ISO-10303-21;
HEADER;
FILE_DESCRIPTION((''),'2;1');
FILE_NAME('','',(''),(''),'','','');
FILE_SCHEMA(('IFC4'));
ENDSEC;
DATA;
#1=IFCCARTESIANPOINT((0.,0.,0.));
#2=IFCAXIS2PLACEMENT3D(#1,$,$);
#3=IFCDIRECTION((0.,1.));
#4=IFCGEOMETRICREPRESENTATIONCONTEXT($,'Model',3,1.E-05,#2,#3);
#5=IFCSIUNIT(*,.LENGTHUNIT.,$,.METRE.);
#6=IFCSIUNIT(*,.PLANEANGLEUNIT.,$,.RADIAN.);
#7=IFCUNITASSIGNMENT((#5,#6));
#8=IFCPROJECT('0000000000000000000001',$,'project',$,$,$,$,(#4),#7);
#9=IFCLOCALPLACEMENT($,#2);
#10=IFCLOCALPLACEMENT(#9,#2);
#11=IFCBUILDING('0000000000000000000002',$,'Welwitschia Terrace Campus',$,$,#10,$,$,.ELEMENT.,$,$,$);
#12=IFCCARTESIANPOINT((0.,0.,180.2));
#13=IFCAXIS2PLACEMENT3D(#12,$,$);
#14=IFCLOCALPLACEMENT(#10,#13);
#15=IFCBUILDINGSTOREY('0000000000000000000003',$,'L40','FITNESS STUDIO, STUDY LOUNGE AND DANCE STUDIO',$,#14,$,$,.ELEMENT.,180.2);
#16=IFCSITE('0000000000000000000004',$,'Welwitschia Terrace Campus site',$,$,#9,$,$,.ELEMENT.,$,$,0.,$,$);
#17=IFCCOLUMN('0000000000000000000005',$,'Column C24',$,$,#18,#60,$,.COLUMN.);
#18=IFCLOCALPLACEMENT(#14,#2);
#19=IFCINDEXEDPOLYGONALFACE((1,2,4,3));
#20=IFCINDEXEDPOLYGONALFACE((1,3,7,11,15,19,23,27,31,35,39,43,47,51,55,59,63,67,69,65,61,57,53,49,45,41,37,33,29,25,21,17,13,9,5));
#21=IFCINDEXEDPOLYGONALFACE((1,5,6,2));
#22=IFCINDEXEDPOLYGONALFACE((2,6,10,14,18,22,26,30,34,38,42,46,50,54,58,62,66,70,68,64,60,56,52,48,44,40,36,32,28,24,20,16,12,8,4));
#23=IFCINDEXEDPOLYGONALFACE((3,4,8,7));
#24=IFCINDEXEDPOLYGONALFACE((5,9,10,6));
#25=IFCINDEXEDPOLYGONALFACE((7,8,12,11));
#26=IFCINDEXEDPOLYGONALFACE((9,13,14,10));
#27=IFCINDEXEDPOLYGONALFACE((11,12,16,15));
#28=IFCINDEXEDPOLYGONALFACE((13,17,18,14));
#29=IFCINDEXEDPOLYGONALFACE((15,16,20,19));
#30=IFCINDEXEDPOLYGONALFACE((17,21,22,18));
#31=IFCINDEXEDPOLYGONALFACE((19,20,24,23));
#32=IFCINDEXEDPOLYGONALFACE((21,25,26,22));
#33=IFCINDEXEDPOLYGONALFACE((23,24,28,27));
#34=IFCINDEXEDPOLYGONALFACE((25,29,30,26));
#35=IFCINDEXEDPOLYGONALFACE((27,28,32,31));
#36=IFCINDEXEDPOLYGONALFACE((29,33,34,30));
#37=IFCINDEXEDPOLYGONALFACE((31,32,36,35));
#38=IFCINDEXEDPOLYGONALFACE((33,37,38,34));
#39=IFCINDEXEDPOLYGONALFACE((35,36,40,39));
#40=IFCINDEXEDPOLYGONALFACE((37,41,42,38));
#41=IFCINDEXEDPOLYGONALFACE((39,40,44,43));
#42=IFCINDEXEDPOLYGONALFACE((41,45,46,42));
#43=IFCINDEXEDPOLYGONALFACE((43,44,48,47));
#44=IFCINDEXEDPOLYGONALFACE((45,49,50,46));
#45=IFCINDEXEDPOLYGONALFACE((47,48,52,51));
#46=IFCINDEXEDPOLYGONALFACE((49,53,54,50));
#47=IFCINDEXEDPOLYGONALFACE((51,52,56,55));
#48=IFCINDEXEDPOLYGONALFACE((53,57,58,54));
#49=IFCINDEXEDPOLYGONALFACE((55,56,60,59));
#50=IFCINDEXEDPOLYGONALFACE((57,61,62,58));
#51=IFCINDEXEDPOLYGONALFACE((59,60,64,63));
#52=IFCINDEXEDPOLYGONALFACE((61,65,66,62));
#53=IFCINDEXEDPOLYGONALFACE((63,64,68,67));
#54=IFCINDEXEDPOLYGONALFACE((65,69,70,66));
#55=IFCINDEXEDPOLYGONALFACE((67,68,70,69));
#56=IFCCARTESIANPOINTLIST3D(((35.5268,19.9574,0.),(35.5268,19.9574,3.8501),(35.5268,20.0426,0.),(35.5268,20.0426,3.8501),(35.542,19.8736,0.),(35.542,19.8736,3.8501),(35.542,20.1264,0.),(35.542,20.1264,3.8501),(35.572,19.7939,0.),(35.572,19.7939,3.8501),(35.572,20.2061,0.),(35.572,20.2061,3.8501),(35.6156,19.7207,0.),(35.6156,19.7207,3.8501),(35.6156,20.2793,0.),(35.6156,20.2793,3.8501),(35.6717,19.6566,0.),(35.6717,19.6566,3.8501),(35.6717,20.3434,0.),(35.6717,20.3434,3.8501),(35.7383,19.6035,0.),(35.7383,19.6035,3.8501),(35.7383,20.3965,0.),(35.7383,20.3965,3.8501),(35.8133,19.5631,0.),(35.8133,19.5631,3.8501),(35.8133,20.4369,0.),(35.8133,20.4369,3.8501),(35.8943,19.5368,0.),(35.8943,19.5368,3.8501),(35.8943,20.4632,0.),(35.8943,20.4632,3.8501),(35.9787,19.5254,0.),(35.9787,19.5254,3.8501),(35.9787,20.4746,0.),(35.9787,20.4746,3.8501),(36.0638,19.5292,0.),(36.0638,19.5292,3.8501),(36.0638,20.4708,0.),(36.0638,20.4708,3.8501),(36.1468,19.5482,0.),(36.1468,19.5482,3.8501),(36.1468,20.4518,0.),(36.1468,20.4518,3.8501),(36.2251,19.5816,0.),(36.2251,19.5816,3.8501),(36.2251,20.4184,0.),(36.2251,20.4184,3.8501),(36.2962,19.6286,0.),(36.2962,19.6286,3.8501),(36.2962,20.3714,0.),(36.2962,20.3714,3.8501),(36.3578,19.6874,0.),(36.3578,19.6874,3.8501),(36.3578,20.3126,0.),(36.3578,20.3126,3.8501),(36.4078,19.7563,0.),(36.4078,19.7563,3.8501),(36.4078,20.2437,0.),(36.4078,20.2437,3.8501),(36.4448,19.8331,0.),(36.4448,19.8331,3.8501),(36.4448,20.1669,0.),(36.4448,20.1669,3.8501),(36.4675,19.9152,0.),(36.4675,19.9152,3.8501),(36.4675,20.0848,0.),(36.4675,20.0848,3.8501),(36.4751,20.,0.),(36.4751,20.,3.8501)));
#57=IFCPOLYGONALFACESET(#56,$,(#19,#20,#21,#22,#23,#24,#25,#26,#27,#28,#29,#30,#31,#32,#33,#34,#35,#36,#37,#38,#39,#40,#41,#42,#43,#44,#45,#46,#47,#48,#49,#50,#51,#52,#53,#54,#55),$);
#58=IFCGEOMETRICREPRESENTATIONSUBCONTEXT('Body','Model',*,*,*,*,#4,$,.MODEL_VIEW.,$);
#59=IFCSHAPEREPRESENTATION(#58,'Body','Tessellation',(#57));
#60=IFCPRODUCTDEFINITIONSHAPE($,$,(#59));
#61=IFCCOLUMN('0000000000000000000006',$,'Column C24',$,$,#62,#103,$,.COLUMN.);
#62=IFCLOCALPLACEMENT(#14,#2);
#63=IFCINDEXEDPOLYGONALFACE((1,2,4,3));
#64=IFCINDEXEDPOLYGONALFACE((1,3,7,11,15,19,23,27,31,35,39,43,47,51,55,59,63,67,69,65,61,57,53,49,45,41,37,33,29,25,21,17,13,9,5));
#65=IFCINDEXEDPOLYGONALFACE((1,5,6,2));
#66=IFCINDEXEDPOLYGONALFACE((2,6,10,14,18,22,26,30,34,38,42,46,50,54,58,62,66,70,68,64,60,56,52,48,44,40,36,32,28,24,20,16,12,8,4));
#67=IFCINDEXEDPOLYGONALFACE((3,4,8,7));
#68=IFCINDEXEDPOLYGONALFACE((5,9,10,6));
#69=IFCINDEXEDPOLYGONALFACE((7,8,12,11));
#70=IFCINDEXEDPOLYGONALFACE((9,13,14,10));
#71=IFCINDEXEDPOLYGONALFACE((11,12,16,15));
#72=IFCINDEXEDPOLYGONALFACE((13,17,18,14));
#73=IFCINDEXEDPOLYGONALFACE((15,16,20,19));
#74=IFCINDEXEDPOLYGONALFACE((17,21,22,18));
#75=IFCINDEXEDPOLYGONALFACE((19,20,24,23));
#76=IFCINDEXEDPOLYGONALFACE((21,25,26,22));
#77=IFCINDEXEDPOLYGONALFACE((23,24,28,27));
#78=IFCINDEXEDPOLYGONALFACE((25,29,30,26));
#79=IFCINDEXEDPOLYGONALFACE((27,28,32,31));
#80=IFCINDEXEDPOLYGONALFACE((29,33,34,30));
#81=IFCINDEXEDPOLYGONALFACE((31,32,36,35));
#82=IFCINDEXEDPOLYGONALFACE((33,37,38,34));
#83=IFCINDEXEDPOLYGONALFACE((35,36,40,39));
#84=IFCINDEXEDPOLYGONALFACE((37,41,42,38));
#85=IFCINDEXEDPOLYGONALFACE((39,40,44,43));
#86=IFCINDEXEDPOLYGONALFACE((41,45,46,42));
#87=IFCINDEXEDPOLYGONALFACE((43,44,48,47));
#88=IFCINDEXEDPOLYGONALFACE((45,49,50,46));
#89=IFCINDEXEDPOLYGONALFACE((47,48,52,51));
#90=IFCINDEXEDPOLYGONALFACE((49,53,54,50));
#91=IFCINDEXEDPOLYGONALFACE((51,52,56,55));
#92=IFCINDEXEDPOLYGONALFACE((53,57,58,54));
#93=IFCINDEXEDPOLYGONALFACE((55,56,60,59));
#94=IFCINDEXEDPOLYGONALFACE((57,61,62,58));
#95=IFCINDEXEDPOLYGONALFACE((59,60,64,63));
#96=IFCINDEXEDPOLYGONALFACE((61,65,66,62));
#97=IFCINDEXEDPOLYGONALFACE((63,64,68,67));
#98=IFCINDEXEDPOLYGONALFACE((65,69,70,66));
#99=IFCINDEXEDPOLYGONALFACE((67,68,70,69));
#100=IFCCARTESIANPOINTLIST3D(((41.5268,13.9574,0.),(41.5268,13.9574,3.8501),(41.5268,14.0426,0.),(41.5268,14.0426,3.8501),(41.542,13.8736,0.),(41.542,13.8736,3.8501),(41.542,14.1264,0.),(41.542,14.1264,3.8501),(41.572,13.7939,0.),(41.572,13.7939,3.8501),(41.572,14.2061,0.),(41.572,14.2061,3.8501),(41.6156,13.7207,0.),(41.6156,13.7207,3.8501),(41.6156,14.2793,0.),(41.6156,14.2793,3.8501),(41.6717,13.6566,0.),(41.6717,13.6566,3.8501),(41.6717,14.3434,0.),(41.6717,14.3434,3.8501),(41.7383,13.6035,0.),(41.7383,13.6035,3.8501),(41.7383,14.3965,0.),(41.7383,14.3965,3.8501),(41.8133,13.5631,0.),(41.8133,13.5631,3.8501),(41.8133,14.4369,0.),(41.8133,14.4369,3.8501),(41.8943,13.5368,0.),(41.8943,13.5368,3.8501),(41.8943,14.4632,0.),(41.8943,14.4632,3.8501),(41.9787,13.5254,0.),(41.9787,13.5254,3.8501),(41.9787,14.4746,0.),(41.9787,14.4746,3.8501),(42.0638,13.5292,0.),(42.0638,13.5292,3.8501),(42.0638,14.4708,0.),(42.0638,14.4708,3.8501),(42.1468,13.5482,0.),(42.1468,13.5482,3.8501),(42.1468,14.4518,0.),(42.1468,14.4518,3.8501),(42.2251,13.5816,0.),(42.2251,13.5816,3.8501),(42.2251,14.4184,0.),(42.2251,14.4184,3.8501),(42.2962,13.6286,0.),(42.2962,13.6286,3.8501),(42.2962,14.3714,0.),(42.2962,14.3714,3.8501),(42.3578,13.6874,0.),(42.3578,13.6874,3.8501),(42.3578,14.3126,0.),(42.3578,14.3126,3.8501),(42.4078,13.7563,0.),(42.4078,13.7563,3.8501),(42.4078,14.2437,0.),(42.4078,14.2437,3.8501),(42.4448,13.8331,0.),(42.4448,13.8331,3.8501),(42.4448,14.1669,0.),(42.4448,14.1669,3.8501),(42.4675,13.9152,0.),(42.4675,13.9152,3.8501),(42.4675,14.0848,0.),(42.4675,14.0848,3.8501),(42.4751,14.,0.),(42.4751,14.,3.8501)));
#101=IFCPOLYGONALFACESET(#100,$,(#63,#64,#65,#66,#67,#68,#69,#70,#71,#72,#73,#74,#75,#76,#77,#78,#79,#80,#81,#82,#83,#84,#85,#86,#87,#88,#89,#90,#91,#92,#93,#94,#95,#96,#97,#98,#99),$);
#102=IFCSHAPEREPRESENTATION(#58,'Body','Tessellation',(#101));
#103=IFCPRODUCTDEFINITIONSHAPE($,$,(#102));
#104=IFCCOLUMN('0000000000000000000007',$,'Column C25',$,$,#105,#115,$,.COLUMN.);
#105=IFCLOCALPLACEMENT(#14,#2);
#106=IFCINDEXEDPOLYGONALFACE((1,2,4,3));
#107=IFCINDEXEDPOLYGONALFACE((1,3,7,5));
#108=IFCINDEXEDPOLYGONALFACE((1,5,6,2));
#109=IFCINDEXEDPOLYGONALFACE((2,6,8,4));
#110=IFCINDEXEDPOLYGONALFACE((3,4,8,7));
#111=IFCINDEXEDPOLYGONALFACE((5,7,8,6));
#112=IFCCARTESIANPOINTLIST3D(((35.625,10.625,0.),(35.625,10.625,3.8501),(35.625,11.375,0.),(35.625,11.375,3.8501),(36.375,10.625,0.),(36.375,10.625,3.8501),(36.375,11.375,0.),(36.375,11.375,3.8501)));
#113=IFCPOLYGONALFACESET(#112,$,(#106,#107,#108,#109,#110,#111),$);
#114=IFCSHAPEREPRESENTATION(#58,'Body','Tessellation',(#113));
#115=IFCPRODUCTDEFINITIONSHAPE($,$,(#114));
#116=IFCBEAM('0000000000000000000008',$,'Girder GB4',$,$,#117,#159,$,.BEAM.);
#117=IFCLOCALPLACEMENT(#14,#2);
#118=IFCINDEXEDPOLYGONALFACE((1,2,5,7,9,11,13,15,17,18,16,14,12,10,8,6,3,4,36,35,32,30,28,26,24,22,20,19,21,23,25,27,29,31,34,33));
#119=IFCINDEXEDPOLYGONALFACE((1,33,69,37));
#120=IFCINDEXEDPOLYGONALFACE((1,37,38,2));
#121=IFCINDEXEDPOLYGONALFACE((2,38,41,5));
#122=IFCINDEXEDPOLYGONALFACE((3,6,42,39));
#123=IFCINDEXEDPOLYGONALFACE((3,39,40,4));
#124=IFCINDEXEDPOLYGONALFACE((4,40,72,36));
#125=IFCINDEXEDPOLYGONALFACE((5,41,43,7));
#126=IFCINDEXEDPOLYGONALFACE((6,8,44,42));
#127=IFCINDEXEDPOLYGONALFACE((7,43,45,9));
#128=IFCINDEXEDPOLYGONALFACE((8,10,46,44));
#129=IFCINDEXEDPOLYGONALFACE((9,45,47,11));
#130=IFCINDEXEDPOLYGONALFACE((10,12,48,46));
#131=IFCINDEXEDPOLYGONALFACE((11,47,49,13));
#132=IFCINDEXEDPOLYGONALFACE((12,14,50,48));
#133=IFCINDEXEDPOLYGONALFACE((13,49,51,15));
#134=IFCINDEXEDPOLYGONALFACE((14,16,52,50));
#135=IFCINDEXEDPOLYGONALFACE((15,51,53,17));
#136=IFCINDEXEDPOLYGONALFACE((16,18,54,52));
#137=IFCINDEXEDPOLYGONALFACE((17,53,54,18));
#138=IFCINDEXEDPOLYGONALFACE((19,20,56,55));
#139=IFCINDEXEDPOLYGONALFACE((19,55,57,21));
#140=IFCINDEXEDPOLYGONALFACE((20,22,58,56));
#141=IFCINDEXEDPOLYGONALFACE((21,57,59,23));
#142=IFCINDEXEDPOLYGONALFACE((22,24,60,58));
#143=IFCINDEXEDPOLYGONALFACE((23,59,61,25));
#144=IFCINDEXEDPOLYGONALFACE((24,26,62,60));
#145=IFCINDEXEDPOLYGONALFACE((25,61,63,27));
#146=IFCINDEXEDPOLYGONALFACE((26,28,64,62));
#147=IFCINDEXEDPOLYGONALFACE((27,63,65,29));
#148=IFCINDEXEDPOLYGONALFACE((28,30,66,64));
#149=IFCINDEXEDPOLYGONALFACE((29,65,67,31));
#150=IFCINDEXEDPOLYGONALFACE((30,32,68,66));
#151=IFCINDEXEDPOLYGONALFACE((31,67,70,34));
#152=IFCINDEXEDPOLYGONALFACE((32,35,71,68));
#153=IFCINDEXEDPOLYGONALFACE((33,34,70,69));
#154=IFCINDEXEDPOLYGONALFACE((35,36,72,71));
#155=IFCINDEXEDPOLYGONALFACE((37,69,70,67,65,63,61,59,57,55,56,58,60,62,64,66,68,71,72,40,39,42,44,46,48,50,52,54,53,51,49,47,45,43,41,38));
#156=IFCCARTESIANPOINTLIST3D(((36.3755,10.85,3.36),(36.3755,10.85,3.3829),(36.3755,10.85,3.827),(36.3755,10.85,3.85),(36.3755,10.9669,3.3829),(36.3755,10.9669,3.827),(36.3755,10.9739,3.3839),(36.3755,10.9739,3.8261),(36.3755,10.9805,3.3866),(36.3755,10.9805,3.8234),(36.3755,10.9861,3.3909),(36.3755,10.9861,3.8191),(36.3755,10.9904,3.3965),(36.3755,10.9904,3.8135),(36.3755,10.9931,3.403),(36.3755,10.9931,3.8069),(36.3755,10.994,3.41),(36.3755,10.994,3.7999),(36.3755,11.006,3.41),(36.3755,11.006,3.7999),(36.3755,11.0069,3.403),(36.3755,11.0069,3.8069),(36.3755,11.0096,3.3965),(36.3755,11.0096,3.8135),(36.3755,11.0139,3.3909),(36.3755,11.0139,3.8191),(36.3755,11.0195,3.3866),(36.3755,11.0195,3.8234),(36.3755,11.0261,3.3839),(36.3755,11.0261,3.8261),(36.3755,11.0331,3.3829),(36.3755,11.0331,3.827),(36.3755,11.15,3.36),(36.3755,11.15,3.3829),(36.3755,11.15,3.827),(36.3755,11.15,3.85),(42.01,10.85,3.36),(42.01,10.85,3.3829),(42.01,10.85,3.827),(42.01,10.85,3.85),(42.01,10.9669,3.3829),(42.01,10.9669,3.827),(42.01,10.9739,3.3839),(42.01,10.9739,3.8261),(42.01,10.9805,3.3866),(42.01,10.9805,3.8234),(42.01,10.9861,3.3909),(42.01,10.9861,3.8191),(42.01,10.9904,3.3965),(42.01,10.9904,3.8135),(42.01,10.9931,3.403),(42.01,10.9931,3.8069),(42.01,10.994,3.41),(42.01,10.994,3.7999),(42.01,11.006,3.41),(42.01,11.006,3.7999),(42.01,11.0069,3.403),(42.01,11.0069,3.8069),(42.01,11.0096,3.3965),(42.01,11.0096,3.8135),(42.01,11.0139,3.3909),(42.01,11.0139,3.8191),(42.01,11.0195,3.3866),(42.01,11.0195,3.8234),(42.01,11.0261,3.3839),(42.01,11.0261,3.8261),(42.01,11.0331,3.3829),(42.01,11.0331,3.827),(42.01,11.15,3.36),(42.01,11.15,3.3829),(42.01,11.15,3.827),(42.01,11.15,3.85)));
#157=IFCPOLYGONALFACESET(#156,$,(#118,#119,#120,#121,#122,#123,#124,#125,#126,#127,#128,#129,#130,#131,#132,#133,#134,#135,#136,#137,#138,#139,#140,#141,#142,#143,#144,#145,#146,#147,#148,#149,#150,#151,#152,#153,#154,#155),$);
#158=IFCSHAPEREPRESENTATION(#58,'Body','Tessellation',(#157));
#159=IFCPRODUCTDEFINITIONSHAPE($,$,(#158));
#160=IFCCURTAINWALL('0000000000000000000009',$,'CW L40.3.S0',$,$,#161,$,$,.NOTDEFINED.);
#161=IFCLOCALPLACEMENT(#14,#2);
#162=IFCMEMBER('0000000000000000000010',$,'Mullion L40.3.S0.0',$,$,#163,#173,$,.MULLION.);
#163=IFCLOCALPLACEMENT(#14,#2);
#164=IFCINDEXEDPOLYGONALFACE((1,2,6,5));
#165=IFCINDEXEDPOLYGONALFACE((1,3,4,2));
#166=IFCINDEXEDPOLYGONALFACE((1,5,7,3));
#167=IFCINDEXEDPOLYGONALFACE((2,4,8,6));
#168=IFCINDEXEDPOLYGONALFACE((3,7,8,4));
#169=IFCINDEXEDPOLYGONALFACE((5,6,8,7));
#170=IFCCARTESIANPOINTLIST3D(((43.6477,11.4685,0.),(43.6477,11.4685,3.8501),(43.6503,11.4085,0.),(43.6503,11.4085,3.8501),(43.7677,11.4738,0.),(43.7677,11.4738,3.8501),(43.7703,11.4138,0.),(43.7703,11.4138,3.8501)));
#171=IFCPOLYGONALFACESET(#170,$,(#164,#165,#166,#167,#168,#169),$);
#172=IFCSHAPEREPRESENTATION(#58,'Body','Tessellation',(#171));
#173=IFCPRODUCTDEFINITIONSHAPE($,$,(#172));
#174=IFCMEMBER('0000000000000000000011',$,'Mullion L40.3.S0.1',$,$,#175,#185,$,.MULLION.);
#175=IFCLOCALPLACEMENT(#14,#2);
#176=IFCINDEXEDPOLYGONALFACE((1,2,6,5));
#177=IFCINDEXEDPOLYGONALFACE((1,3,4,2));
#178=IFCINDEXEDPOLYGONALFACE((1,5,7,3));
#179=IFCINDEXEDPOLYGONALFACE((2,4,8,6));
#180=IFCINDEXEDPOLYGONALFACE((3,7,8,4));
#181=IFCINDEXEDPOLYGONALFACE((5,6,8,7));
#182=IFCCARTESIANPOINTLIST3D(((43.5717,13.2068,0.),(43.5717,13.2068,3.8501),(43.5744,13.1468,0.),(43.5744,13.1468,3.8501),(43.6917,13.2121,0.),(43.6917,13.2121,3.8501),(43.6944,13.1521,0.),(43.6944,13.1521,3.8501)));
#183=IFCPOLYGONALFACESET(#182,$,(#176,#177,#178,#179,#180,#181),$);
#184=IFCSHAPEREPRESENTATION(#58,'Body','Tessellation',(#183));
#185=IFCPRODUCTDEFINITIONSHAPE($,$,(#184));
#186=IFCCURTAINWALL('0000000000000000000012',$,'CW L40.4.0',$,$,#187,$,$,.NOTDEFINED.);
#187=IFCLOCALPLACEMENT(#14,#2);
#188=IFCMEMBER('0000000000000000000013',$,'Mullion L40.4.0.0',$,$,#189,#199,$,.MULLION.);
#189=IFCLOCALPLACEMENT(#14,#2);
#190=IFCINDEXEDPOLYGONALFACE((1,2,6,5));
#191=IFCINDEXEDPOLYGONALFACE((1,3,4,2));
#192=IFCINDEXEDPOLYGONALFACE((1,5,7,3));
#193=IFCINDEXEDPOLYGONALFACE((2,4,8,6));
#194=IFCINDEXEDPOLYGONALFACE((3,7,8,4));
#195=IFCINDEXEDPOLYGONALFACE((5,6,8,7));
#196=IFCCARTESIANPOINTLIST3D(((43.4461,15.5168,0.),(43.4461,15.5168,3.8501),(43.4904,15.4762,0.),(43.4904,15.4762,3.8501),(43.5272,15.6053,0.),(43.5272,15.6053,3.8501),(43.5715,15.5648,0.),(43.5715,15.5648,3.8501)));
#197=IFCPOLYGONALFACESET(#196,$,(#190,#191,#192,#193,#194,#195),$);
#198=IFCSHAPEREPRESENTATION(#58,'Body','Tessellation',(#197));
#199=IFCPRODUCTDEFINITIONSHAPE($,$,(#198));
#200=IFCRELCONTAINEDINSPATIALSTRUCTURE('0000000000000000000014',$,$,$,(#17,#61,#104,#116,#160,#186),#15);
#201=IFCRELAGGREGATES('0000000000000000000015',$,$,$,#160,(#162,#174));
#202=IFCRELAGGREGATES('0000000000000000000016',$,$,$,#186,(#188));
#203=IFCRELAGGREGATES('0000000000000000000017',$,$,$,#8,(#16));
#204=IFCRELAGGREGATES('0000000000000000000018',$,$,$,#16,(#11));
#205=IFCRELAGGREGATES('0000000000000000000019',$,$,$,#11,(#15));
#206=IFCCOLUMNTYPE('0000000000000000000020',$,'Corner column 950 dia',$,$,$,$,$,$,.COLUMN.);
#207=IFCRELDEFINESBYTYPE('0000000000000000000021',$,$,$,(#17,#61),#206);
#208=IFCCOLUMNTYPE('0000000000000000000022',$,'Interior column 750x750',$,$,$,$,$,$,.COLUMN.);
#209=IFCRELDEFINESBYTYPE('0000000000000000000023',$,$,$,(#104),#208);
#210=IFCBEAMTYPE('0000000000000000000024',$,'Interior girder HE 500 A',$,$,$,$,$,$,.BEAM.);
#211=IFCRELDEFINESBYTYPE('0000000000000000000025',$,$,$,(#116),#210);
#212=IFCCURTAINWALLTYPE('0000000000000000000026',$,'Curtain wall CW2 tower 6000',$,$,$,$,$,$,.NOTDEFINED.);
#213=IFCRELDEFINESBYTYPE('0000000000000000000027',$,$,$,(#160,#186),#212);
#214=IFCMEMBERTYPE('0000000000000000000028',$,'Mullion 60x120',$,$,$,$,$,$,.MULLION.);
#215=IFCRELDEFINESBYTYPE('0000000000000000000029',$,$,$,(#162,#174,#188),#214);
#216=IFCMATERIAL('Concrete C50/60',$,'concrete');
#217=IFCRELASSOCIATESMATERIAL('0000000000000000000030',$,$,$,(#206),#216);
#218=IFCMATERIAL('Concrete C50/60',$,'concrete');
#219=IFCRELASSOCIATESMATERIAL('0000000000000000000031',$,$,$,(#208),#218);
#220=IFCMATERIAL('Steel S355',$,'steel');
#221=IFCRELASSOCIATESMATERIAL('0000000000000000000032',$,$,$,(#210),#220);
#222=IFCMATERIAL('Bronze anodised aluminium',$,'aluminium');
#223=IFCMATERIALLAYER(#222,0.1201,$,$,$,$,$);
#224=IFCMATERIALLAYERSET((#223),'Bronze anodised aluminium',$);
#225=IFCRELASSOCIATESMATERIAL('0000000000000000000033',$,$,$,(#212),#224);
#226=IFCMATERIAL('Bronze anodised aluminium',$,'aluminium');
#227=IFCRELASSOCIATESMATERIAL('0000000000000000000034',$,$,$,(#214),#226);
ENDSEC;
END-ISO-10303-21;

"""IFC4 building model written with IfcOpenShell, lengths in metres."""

from ifc_helpers import new_model, si_unit, direction, frame, origin, origin_2d, place, context, subcontext, project, spatial, rectangle, circle, i_section, extrude, material, layer, layer_set, material_profile, profile_set, type_object, element, aggregate, save


model = new_model("IFC4")

# Units and contexts
model_context = context("Model", 3, precision=1e-05, world=origin(), true_north=direction((0.0, 1.0)))
body_context = subcontext(model_context, "Body", "Model", "MODEL_VIEW")
ifc_project = project(units=[si_unit("LENGTHUNIT", "METRE"), si_unit("PLANEANGLEUNIT", "RADIAN")], contexts=[model_context])

# Site, building, storey
site_placement = place(None, origin())
site = spatial("IfcSite", under=ifc_project, at=site_placement, Name="Welwitschia Terrace Campus site", CompositionType="ELEMENT", RefElevation=0.0)
building_placement = place(site_placement, origin())
building = spatial("IfcBuilding", under=site, at=building_placement, Name="Welwitschia Terrace Campus", CompositionType="ELEMENT")
storey_placement = place(building_placement, frame((0.0, 0.0, 180.2)))
storey = spatial("IfcBuildingStorey", under=building, at=storey_placement, Name="L40", Description="FITNESS STUDIO, STUDY LOUNGE AND DANCE STUDIO", CompositionType="ELEMENT", Elevation=180.2)

# Columns
ifc_material_1 = material(Name="Concrete C50/60", Category="concrete")
ifc_material_profile_1 = material_profile(ifc_material_1, circle(Radius=0.4751, at=origin_2d()))
ifc_profile_set_1 = profile_set([ifc_material_profile_1], Name="Concrete C50/60")
column_type_1 = type_object("IfcColumnType", Name="Corner column 950 dia", PredefinedType="COLUMN", material=ifc_profile_set_1)
for number, where, z_axis, x_axis, name in (
    (1, (36.0, 20.0, 0.0), (0.0, 0.0, 1.0), (1.0, 0.0, 0.0), "Column C24"),
    (2, (42.0, 14.0, 0.0), (0.0, 0.0, 1.0), (1.0, 0.0, 0.0), "Column C24"),
):
    element("IfcColumn", number, at=place(storey_placement, frame(where, z_axis=z_axis, x_axis=x_axis)), inside=storey, type_object=column_type_1, Name=name, PredefinedType="COLUMN", context=body_context, shape_type="SweptSolid", body=[
        extrude(circle(Radius=0.4751, at=origin_2d()), origin(), (0.0, 0.0, 1.0), 3.8501),
    ])
ifc_material_2 = material(Name="Concrete C50/60", Category="concrete")
ifc_material_profile_2 = material_profile(ifc_material_2, rectangle(XDim=0.75, YDim=0.75, at=origin_2d()))
ifc_profile_set_2 = profile_set([ifc_material_profile_2], Name="Concrete C50/60")
column_type_2 = type_object("IfcColumnType", Name="Interior column 750x750", PredefinedType="COLUMN", material=ifc_profile_set_2)
column_placement = place(storey_placement, frame((36.0, 11.0, 0.0), z_axis=(0.0, 0.0, 1.0), x_axis=(1.0, 0.0, 0.0)))
element("IfcColumn", 3, at=column_placement, inside=storey, type_object=column_type_2, Name="Column C25", PredefinedType="COLUMN", context=body_context, shape_type="SweptSolid", body=[
    extrude(rectangle(XDim=0.75, YDim=0.75, at=origin_2d()), origin(), (0.0, 0.0, 1.0), 3.8501),
])

# Beam
ifc_material_3 = material(Name="Steel S355", Category="steel")
ifc_material_profile_3 = material_profile(ifc_material_3, i_section(OverallWidth=0.3, OverallDepth=0.49, WebThickness=0.012, FlangeThickness=0.0229, FilletRadius=0.0271, at=origin_2d()))
ifc_profile_set_3 = profile_set([ifc_material_profile_3], Name="Steel S355")
beam_type_1 = type_object("IfcBeamType", Name="Interior girder HE 500 A", PredefinedType="BEAM", material=ifc_profile_set_3)
beam_1_placement = place(storey_placement, frame((36.3755, 11.0, 3.605), z_axis=(1.0, 0.0, 0.0), x_axis=(0.0, 1.0, 0.0)))
element("IfcBeam", 4, at=beam_1_placement, inside=storey, type_object=beam_type_1, Name="Girder GB4", PredefinedType="BEAM", context=body_context, shape_type="SweptSolid", body=[
    extrude(i_section(OverallWidth=0.3, OverallDepth=0.49, WebThickness=0.012, FlangeThickness=0.0229, FilletRadius=0.0271, at=origin_2d()), origin(), (0.0, 0.0, 1.0), 5.6345),
])

# Curtain walls, members
ifc_material_4 = material(Name="Bronze anodised aluminium", Category="aluminium")
ifc_layer_1 = layer(ifc_material_4, 0.1201)
ifc_layer_set_1 = layer_set([ifc_layer_1], Name="Bronze anodised aluminium")
curtain_wall_type = type_object("IfcCurtainWallType", Name="Curtain wall CW2 tower 6000", PredefinedType="NOTDEFINED", material=ifc_layer_set_1)
curtain_wall_1_placement = place(storey_placement, origin())
curtain_wall_1 = element("IfcCurtainWall", 5, at=curtain_wall_1_placement, inside=storey, type_object=curtain_wall_type, Name="CW L40.3.S0", PredefinedType="NOTDEFINED")
ifc_material_5 = material(Name="Bronze anodised aluminium", Category="aluminium")
ifc_material_profile_4 = material_profile(ifc_material_5, rectangle(XDim=0.1201, YDim=0.0601, at=origin_2d()))
ifc_profile_set_4 = profile_set([ifc_material_profile_4], Name="Bronze anodised aluminium")
member_type_1 = type_object("IfcMemberType", Name="Mullion 60x120", PredefinedType="MULLION", material=ifc_profile_set_4)
member_1_placement = place(storey_placement, frame((43.709, 11.4412, 0.0), z_axis=(0.0, 0.0, 1.0), x_axis=(-0.999048, -0.043619, 0.0)))
member_1 = element("IfcMember", 6, at=member_1_placement, type_object=member_type_1, Name="Mullion L40.3.S0.0", PredefinedType="MULLION", context=body_context, shape_type="SweptSolid", body=[
    extrude(rectangle(XDim=0.1201, YDim=0.0601, at=origin_2d()), origin(), (0.0, 0.0, 1.0), 3.8501),
])
member_2_placement = place(storey_placement, frame((43.6331, 13.1794, 0.0), z_axis=(0.0, 0.0, 1.0), x_axis=(-0.999048, -0.043619, 0.0)))
member_2 = element("IfcMember", 7, at=member_2_placement, type_object=member_type_1, Name="Mullion L40.3.S0.1", PredefinedType="MULLION", context=body_context, shape_type="SweptSolid", body=[
    extrude(rectangle(XDim=0.1201, YDim=0.0601, at=origin_2d()), origin(), (0.0, 0.0, 1.0), 3.8501),
])
curtain_wall_2_placement = place(storey_placement, origin())
curtain_wall_2 = element("IfcCurtainWall", 8, at=curtain_wall_2_placement, inside=storey, type_object=curtain_wall_type, Name="CW L40.4.0", PredefinedType="NOTDEFINED")
member_3_placement = place(storey_placement, frame((43.5088, 15.5408, 0.0), z_axis=(0.0, 0.0, 1.0), x_axis=(-0.67559, -0.737277, 0.0)))
member_3 = element("IfcMember", 9, at=member_3_placement, type_object=member_type_1, Name="Mullion L40.4.0.0", PredefinedType="MULLION", context=body_context, shape_type="SweptSolid", body=[
    extrude(rectangle(XDim=0.1201, YDim=0.0601, at=origin_2d()), origin(), (0.0, 0.0, 1.0), 3.8501),
])

aggregate(curtain_wall_1, [member_1, member_2])
aggregate(curtain_wall_2, [member_3])

save(model, "model.ifc")
